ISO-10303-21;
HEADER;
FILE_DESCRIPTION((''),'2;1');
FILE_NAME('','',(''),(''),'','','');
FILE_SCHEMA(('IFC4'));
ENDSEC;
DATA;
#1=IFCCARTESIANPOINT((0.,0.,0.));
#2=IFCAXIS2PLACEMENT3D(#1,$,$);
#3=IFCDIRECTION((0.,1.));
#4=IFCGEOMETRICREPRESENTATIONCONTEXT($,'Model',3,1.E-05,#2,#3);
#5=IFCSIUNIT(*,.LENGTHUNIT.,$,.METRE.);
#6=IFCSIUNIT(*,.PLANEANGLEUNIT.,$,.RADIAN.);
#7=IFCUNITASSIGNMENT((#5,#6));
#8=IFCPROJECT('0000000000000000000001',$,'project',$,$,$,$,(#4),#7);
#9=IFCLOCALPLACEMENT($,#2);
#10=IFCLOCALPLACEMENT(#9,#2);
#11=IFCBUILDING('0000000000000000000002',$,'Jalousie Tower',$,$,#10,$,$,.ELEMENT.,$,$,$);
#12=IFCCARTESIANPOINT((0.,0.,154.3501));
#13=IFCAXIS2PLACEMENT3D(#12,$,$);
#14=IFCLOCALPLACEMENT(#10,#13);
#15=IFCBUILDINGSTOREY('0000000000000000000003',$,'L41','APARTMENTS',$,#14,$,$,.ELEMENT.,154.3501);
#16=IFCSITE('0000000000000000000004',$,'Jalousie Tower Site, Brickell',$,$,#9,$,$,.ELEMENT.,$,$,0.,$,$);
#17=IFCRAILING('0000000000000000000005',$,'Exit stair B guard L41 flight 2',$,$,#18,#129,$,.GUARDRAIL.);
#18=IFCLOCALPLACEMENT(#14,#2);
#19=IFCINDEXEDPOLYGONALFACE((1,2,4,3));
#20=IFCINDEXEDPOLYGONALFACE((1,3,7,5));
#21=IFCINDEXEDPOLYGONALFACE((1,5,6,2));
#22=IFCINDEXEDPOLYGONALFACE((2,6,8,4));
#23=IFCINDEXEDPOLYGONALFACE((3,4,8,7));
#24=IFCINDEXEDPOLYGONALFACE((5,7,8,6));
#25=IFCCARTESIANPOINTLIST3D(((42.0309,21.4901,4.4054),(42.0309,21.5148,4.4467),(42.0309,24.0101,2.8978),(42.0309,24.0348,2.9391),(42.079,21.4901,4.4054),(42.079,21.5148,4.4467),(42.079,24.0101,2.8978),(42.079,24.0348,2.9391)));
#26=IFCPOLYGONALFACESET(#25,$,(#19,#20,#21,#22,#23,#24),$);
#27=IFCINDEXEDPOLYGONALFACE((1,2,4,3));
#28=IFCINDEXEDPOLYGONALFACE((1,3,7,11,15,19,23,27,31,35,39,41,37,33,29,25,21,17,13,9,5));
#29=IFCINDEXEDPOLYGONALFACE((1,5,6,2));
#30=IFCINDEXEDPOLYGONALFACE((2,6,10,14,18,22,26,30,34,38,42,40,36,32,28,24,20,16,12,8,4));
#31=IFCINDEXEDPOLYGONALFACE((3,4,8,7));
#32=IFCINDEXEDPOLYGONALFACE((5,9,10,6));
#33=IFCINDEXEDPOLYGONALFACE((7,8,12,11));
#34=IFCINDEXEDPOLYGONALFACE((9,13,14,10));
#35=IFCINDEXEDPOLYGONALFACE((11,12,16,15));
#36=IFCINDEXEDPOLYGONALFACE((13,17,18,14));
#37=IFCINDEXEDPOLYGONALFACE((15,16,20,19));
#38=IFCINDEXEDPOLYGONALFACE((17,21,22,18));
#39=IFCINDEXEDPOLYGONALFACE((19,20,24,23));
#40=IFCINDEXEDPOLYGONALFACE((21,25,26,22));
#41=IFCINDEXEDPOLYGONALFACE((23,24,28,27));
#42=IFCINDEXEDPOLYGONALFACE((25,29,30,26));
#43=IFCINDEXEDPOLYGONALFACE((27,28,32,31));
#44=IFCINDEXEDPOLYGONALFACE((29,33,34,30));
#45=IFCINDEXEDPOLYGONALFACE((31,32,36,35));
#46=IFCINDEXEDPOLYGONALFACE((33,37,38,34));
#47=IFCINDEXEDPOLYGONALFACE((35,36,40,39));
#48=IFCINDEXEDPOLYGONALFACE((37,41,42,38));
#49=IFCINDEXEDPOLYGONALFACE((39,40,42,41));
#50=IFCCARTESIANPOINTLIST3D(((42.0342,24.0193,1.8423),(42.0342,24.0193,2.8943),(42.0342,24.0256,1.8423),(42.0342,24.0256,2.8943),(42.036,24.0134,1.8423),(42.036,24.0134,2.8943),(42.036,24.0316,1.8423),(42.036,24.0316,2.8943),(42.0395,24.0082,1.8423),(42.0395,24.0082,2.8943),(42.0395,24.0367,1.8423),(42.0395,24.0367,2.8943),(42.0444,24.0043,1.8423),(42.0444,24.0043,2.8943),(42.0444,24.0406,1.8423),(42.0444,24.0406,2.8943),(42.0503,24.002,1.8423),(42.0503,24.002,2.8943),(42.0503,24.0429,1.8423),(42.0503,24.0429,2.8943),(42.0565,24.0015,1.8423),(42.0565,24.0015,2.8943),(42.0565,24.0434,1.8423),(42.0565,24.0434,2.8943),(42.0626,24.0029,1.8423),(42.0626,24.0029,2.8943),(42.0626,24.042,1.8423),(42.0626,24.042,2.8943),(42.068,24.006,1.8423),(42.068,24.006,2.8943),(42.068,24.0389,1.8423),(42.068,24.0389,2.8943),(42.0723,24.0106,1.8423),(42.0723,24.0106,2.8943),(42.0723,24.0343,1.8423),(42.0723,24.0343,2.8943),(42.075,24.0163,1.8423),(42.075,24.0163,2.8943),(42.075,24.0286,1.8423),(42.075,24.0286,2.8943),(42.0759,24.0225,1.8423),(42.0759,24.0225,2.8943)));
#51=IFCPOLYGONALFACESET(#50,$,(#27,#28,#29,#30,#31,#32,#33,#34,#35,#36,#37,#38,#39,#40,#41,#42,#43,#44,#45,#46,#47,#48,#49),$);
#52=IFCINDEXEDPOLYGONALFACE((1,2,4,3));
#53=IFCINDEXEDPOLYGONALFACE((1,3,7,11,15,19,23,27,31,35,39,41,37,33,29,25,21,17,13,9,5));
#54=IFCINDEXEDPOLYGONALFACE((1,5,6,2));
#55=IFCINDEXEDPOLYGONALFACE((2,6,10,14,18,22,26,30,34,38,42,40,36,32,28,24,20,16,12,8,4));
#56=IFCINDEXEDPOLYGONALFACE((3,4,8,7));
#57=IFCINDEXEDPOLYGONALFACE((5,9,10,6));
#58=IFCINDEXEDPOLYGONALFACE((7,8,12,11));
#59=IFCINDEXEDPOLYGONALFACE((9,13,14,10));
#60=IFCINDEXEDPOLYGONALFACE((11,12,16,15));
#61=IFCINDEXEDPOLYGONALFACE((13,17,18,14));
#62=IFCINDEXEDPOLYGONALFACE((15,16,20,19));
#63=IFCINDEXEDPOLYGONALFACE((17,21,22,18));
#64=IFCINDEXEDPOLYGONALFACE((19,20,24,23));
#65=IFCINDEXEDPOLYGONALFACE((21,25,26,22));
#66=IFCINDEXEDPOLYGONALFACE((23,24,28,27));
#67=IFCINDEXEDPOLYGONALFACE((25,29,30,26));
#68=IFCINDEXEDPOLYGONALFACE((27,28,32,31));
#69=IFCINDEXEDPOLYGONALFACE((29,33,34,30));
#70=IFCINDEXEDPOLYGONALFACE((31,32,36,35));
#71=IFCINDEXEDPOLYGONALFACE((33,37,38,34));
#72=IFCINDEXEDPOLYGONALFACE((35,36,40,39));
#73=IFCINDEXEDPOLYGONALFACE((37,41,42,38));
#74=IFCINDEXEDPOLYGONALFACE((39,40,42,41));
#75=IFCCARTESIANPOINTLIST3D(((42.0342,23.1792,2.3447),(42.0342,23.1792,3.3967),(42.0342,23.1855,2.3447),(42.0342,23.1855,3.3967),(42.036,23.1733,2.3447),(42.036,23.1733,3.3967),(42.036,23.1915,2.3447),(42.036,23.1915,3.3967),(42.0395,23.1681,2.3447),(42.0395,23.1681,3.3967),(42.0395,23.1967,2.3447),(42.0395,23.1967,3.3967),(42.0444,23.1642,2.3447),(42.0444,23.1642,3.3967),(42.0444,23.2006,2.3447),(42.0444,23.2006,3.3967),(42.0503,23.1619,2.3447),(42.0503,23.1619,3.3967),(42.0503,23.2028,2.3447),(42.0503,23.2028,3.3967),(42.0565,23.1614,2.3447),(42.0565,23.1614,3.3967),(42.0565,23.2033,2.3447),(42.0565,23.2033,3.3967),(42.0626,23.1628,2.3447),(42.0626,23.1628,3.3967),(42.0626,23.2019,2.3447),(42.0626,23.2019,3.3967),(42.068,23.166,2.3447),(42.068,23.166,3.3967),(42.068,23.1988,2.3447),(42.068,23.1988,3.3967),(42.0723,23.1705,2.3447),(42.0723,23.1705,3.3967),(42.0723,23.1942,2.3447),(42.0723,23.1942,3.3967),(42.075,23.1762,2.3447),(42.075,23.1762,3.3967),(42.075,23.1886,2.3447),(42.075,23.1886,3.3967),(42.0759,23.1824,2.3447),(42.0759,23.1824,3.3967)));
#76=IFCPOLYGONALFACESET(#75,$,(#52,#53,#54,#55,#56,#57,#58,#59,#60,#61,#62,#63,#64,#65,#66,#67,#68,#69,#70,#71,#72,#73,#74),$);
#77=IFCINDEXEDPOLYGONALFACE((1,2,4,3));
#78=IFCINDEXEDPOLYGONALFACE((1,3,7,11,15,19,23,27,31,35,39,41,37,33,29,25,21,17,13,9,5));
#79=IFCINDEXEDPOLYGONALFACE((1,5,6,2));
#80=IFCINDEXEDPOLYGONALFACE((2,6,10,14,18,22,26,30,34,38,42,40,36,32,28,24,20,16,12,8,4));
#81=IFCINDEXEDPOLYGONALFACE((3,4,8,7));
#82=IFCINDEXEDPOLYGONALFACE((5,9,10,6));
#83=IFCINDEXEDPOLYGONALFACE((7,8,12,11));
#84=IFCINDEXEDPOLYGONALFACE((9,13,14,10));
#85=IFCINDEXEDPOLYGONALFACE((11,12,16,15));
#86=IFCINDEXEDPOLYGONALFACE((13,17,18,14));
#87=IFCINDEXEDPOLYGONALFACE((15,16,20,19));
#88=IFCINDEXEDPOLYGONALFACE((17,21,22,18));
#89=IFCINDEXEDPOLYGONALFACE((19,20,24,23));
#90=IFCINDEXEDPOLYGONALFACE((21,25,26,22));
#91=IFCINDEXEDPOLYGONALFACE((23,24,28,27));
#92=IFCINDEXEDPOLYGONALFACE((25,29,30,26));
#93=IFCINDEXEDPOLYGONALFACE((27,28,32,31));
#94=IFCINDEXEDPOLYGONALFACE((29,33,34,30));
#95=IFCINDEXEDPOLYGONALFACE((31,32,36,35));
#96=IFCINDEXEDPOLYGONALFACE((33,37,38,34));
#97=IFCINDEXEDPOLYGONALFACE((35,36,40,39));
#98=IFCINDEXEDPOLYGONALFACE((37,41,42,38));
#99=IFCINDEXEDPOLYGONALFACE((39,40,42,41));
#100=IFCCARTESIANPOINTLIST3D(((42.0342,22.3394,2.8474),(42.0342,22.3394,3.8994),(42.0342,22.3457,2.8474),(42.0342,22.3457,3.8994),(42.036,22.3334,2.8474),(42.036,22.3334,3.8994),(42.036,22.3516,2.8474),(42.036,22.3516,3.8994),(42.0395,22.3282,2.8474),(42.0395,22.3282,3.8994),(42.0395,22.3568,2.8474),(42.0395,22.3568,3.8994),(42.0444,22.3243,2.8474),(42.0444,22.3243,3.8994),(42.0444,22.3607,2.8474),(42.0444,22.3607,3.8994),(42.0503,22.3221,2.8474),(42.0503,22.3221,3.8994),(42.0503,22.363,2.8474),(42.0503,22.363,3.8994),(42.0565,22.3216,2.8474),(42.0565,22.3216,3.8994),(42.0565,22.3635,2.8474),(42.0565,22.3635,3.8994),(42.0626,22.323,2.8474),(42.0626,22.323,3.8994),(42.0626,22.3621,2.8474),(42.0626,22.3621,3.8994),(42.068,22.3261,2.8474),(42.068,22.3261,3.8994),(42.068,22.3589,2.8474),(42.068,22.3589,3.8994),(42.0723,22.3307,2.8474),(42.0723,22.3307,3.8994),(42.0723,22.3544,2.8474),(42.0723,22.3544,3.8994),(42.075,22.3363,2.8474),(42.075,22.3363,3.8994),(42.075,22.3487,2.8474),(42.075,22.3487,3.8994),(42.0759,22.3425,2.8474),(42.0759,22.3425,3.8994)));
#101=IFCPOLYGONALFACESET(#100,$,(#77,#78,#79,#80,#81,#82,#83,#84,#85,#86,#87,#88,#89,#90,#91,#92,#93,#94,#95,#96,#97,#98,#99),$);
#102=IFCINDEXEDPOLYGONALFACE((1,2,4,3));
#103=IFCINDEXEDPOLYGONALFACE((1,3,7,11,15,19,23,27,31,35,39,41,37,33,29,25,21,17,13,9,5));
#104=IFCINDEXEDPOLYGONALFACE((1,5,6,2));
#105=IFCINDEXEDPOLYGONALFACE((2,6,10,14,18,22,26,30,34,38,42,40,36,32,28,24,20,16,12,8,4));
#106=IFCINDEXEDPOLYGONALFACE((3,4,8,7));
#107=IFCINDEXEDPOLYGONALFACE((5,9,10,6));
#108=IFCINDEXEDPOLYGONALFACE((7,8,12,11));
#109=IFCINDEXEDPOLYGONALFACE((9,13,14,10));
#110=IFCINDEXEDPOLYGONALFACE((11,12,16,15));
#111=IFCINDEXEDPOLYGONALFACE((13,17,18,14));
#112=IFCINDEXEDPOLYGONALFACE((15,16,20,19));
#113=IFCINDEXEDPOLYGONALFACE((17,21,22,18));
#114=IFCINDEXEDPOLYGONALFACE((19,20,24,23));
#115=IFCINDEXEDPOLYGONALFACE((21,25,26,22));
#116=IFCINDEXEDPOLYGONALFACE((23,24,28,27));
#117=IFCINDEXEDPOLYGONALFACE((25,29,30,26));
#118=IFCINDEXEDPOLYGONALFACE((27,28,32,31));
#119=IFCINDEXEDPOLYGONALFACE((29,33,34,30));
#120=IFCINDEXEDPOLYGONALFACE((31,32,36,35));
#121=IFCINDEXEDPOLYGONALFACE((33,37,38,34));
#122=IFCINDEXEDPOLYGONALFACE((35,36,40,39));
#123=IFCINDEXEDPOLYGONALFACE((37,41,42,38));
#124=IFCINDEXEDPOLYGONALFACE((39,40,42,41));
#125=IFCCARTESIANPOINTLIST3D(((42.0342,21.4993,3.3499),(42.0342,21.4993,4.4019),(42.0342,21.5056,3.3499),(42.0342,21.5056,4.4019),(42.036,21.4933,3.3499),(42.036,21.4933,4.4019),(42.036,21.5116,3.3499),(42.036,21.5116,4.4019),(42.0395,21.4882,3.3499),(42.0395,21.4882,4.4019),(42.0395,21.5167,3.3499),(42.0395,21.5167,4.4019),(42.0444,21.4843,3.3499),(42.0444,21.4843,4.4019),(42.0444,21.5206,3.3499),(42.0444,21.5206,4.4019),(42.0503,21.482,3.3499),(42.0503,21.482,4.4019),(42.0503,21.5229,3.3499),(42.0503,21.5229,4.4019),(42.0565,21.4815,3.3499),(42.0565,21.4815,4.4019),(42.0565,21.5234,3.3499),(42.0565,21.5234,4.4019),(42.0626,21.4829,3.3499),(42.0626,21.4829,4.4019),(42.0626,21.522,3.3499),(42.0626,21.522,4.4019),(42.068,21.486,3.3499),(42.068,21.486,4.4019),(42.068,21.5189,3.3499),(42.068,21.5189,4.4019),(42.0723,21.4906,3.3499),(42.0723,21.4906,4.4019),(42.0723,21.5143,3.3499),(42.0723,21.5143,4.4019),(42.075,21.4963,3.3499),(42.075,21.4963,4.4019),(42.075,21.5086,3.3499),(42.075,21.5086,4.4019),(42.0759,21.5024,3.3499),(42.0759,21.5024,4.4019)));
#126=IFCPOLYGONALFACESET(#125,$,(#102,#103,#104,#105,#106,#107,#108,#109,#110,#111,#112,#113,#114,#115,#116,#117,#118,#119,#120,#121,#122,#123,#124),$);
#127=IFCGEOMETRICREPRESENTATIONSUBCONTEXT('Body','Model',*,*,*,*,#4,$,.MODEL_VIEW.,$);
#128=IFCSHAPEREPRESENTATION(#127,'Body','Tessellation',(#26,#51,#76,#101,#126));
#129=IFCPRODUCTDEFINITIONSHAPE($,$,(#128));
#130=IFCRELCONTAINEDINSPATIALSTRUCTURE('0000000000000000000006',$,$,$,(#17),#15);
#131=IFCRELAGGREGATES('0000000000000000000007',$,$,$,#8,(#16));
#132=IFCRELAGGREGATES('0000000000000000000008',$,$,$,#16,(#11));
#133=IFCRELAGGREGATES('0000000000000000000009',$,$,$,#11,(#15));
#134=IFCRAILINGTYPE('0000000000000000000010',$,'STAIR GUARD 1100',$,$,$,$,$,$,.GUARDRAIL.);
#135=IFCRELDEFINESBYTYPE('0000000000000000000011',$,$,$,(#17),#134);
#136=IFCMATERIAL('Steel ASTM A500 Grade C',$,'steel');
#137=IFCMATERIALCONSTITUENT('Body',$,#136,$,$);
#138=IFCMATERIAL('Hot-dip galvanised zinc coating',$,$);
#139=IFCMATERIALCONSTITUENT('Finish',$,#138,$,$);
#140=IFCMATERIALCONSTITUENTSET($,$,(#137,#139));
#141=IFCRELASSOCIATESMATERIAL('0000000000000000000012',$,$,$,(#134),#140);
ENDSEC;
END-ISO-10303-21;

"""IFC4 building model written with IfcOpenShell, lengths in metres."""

from ifc_helpers import new_model, si_unit, direction, frame, origin, origin_2d, place, context, subcontext, project, spatial, rectangle, circle, extrude, material, constituent, constituent_set, type_object, element, save


model = new_model("IFC4")

# Units and contexts
model_context = context("Model", 3, precision=1e-05, world=origin(), true_north=direction((0.0, 1.0)))
body_context = subcontext(model_context, "Body", "Model", "MODEL_VIEW")
ifc_project = project(units=[si_unit("LENGTHUNIT", "METRE"), si_unit("PLANEANGLEUNIT", "RADIAN")], contexts=[model_context])

# Site, building, storey
site_placement = place(None, origin())
site = spatial("IfcSite", under=ifc_project, at=site_placement, Name="Jalousie Tower Site, Brickell", CompositionType="ELEMENT", RefElevation=0.0)
building_placement = place(site_placement, origin())
building = spatial("IfcBuilding", under=site, at=building_placement, Name="Jalousie Tower", CompositionType="ELEMENT")
storey_placement = place(building_placement, frame((0.0, 0.0, 154.3501)))
storey = spatial("IfcBuildingStorey", under=building, at=storey_placement, Name="L41", Description="APARTMENTS", CompositionType="ELEMENT", Elevation=154.3501)

# Railing
ifc_material_1 = material(Name="Steel ASTM A500 Grade C", Category="steel")
ifc_constituent_1 = constituent(ifc_material_1, Name="Body")
ifc_material_2 = material(Name="Hot-dip galvanised zinc coating")
ifc_constituent_2 = constituent(ifc_material_2, Name="Finish")
ifc_constituent_set_1 = constituent_set(constituents=[ifc_constituent_1, ifc_constituent_2])
railing_type_1 = type_object("IfcRailingType", Name="STAIR GUARD 1100", PredefinedType="GUARDRAIL", material=ifc_constituent_set_1)
railing_1_placement = place(storey_placement, frame((42.0549, 24.0225, 1.8423)))
element("IfcRailing", 1, at=railing_1_placement, inside=storey, type_object=railing_type_1, Name="Exit stair B guard L41 flight 2", PredefinedType="GUARDRAIL", context=body_context, shape_type="SweptSolid", body=[
    extrude(rectangle(XDim=0.0481, YDim=0.0481, at=origin_2d()), frame((0.0, 0.0, 1.0762), z_axis=(0.0, -0.85816, 0.513383), x_axis=(1.0, 0.0, 0.0)), (0.0, 0.0, 1.0), 2.9365),
    extrude(circle(Radius=0.021, at=origin_2d()), origin(), (0.0, 0.0, 1.0), 1.052),
    extrude(circle(Radius=0.021, at=origin_2d()), frame((0.0, -0.8401, 0.5024)), (0.0, 0.0, 1.0), 1.052),
    extrude(circle(Radius=0.021, at=origin_2d()), frame((0.0, -1.6799, 1.0051)), (0.0, 0.0, 1.0), 1.052),
    extrude(circle(Radius=0.021, at=origin_2d()), frame((0.0, -2.52, 1.5076)), (0.0, 0.0, 1.0), 1.052),
])

save(model, "model.ifc")
